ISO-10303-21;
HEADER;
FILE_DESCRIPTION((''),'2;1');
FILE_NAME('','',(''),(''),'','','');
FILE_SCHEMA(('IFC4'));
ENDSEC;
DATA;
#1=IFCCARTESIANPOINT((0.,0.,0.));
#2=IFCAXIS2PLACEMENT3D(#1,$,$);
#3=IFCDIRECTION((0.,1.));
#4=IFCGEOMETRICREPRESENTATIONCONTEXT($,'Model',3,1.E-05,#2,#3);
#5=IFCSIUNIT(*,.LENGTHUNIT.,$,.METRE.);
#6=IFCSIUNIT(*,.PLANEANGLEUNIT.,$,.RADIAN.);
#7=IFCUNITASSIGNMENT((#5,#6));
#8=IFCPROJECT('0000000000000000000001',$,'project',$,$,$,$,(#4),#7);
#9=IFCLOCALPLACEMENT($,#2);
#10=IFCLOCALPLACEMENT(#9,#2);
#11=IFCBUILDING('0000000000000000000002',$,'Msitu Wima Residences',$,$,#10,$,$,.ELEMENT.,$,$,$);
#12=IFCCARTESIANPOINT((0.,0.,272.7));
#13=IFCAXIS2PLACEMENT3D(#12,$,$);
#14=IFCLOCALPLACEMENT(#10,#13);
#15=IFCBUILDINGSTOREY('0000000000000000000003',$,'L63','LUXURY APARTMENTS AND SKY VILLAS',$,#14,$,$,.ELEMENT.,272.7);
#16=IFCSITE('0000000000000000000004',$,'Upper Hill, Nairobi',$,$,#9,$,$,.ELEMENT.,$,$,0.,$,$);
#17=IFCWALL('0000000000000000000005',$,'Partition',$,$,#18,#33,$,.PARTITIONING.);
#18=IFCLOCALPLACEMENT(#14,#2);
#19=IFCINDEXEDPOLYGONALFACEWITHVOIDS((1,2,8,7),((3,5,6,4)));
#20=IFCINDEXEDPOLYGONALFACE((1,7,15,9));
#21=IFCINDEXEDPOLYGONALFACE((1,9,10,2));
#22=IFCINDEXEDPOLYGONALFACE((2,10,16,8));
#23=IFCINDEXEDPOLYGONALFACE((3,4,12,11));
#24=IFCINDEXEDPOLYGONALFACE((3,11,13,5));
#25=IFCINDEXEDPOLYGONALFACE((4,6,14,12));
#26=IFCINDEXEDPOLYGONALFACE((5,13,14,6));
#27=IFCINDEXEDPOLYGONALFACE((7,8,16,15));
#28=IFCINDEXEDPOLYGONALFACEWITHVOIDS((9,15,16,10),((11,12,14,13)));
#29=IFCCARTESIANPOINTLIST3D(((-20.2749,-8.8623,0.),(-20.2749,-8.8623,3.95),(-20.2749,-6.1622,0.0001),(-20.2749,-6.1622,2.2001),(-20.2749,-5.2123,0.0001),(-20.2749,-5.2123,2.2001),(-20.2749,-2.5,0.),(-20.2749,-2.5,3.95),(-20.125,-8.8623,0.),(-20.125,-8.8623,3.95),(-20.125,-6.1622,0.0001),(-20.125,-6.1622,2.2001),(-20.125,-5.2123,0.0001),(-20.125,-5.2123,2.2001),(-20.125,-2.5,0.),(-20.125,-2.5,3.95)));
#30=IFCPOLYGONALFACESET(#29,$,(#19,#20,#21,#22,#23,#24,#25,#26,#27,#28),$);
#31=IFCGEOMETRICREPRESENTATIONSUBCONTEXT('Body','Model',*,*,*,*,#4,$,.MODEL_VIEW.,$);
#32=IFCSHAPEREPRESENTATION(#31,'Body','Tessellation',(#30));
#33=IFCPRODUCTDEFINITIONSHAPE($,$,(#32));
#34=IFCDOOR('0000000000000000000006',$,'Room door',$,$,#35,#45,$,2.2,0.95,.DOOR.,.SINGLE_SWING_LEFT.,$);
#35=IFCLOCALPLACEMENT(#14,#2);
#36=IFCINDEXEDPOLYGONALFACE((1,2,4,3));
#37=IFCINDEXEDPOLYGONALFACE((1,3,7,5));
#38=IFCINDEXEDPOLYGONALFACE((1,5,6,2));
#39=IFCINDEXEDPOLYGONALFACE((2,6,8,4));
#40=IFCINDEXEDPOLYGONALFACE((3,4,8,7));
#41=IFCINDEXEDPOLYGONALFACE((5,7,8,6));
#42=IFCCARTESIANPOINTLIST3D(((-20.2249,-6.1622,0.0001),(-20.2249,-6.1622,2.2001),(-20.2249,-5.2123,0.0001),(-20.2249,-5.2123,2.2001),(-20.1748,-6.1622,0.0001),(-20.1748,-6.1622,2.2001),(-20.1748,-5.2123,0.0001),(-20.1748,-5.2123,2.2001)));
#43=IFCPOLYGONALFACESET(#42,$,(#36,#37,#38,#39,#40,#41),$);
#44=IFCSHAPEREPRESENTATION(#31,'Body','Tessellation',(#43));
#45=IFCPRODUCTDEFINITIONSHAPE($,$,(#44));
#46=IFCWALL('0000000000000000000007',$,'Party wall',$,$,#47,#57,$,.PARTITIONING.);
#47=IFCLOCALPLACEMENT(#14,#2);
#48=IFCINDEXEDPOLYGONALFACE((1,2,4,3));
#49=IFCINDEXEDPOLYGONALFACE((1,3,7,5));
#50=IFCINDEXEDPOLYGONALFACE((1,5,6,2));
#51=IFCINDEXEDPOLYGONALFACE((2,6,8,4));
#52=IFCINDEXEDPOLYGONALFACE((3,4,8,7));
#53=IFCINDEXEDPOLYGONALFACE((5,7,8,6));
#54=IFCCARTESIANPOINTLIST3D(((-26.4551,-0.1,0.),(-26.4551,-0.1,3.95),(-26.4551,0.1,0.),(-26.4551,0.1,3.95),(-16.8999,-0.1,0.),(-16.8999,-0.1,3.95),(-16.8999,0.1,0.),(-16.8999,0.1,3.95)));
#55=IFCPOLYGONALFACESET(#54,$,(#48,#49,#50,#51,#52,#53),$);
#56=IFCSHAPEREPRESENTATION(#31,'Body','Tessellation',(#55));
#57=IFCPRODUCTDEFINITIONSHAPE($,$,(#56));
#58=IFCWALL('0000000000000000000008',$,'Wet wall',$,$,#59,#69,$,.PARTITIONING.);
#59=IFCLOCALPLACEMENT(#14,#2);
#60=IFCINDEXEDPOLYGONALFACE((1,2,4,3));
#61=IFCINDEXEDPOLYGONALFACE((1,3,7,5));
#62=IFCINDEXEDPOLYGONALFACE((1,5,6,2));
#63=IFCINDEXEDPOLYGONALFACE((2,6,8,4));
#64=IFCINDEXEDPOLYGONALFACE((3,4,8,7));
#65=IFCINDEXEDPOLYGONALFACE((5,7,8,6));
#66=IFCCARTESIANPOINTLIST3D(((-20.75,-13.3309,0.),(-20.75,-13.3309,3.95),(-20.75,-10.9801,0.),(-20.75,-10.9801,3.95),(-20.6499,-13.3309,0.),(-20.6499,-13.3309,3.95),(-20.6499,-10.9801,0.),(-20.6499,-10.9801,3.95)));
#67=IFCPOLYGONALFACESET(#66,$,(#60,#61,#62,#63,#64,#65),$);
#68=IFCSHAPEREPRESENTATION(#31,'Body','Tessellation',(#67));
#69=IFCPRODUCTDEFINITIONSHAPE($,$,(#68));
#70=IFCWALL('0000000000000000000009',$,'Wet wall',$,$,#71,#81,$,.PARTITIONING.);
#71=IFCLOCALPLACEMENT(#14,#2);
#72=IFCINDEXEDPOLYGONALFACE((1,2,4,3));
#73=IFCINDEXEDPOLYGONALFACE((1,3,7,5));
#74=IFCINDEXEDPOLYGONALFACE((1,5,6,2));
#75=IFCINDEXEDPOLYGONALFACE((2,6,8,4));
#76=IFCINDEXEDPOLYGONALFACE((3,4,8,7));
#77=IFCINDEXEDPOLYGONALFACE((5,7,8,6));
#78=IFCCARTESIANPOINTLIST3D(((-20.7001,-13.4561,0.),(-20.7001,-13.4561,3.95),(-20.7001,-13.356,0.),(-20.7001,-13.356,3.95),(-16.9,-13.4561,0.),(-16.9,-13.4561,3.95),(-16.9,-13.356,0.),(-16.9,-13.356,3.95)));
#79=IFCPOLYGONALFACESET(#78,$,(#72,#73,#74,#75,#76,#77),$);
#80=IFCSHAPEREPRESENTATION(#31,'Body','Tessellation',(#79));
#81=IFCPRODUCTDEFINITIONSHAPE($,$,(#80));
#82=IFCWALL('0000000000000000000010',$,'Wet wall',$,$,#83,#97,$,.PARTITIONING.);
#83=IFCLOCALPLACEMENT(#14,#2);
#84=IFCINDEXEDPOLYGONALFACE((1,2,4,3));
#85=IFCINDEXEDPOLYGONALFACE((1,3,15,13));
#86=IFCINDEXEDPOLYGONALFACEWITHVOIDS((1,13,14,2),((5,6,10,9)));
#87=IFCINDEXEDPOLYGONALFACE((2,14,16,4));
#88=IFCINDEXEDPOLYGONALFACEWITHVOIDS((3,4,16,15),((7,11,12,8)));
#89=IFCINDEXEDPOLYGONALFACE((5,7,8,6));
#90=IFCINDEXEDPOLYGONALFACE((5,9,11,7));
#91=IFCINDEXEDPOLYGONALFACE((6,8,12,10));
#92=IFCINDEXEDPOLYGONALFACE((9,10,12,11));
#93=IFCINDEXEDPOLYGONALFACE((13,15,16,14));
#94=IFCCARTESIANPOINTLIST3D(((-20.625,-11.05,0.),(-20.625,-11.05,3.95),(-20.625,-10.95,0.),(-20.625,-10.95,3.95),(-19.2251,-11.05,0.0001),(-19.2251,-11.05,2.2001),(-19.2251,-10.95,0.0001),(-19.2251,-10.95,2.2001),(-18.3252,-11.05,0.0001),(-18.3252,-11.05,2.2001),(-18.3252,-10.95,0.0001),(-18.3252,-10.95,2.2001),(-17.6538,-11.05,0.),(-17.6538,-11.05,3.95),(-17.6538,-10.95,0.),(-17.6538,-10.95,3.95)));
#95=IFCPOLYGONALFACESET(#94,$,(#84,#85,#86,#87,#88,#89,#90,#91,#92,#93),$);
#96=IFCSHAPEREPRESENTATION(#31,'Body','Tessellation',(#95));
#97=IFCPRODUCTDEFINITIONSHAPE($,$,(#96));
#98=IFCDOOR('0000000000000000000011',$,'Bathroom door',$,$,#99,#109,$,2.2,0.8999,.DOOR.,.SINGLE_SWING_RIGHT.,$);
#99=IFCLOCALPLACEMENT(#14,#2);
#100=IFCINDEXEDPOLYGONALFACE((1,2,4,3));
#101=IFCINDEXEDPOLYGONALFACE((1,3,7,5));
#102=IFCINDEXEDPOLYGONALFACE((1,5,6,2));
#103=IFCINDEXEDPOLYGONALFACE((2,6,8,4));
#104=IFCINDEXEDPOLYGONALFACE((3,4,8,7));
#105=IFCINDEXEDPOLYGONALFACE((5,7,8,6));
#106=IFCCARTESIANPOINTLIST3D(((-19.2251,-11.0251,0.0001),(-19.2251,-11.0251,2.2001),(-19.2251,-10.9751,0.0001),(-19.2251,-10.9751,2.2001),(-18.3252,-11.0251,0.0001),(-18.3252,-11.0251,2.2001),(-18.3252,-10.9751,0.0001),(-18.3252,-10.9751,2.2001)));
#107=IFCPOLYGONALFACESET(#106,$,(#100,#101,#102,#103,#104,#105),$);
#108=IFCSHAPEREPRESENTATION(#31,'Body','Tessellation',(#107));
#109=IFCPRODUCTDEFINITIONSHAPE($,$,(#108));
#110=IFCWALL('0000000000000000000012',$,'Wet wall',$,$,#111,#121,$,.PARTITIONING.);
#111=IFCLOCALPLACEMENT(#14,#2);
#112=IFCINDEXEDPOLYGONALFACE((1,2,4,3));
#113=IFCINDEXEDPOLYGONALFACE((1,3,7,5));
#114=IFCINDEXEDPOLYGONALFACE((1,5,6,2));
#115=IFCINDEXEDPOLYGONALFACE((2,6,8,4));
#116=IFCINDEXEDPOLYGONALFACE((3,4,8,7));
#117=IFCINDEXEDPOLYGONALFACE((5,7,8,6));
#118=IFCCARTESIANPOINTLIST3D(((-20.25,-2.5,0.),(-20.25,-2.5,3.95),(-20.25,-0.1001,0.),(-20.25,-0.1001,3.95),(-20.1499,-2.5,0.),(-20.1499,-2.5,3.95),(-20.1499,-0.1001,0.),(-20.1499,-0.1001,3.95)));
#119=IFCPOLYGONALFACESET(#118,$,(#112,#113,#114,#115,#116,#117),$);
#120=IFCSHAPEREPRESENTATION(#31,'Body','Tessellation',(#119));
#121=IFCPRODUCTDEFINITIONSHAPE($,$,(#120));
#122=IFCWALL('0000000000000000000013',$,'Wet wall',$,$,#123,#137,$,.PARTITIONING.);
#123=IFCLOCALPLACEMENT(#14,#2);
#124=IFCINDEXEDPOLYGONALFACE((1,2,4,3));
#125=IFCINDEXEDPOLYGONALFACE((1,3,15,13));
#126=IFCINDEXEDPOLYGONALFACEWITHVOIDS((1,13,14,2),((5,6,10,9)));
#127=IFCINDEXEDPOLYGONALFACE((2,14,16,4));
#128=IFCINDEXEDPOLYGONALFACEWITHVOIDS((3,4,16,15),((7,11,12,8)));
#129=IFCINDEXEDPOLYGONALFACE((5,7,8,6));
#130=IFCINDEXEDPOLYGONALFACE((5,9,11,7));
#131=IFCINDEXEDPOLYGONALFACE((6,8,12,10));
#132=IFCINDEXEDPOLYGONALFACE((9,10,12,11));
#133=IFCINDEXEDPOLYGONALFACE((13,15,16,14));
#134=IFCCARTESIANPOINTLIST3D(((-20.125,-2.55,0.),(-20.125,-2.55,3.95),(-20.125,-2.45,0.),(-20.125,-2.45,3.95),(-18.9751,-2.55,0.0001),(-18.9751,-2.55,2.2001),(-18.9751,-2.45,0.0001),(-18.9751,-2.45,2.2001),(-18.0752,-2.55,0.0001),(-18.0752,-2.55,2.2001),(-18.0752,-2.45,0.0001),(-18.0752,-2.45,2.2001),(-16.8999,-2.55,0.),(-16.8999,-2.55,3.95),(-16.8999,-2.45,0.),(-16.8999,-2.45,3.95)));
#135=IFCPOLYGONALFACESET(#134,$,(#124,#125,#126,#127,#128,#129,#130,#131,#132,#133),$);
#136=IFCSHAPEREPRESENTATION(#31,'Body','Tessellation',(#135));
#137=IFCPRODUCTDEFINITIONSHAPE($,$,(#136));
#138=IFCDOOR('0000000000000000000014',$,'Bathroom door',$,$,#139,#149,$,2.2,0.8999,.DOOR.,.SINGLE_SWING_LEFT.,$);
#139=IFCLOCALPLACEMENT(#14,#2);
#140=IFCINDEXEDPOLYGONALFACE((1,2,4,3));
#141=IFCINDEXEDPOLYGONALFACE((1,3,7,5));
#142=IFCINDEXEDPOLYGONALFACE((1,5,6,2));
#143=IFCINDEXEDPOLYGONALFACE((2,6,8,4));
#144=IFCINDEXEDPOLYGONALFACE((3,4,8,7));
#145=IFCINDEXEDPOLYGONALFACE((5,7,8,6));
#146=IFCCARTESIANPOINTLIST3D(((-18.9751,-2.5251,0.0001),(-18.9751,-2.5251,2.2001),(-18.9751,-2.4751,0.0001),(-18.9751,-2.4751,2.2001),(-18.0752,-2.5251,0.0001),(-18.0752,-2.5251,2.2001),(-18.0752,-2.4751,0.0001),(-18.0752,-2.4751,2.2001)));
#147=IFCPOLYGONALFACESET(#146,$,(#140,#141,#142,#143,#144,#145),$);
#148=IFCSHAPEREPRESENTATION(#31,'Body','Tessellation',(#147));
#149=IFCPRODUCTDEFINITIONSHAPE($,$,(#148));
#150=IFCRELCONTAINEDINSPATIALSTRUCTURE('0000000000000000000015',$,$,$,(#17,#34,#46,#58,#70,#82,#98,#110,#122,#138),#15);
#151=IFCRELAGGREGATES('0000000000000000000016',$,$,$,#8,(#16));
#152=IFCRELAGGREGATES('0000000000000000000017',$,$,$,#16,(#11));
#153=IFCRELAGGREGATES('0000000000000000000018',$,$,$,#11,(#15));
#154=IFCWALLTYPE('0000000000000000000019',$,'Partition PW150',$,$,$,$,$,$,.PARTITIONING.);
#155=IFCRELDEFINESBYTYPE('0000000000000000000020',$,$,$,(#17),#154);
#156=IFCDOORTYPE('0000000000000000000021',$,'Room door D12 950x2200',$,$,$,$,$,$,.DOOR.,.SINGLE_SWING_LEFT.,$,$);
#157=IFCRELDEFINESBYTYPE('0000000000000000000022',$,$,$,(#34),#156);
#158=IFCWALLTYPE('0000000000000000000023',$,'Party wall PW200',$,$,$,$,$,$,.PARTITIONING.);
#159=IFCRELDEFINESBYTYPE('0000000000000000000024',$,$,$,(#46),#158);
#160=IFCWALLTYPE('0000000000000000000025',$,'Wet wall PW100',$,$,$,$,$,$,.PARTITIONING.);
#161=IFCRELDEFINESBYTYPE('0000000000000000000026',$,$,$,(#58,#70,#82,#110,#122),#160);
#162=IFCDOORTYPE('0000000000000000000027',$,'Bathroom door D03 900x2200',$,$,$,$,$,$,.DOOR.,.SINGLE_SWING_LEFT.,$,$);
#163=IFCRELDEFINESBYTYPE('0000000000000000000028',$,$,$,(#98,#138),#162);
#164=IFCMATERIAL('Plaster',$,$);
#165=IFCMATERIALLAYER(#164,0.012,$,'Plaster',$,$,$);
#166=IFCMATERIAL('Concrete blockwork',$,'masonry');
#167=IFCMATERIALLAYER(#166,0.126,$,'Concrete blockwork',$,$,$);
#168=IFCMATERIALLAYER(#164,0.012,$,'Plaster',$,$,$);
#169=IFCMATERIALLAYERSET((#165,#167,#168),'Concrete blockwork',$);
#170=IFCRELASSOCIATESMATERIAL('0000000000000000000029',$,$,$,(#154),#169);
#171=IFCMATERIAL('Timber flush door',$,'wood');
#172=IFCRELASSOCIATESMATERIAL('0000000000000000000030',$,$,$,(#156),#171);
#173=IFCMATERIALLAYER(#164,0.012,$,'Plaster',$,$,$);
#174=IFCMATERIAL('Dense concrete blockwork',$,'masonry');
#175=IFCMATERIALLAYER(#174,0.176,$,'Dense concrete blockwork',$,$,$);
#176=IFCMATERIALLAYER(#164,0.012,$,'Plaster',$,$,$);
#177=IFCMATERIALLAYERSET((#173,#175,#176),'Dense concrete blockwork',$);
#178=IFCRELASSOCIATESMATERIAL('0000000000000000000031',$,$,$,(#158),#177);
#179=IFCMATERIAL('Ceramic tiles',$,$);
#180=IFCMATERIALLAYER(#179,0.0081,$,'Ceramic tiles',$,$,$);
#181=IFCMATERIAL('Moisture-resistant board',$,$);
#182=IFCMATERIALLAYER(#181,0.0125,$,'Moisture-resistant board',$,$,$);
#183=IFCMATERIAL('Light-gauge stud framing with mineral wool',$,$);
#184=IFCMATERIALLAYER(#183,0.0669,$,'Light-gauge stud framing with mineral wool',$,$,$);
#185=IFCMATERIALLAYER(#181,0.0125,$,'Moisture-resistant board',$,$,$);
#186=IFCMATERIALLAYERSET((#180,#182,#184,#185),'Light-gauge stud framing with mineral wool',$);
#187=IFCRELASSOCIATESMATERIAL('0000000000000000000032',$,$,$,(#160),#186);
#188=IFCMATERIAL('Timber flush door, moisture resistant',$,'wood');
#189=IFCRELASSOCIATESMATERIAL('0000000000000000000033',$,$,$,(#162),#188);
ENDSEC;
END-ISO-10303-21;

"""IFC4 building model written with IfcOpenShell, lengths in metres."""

from ifc_helpers import new_model, si_unit, direction, frame, frame_2d, origin, place, context, subcontext, project, spatial, rectangle, extrude, material, layer, layer_set, type_object, element, fill, save


model = new_model("IFC4")

# Units and contexts
model_context = context("Model", 3, precision=1e-05, world=origin(), true_north=direction((0.0, 1.0)))
body_context = subcontext(model_context, "Body", "Model", "MODEL_VIEW")
ifc_project = project(units=[si_unit("LENGTHUNIT", "METRE"), si_unit("PLANEANGLEUNIT", "RADIAN")], contexts=[model_context])

# Site, building, storey
site_placement = place(None, origin())
site = spatial("IfcSite", under=ifc_project, at=site_placement, Name="Upper Hill, Nairobi", CompositionType="ELEMENT", RefElevation=0.0)
building_placement = place(site_placement, origin())
building = spatial("IfcBuilding", under=site, at=building_placement, Name="Msitu Wima Residences", CompositionType="ELEMENT")
storey_placement = place(building_placement, frame((0.0, 0.0, 272.7)))
storey = spatial("IfcBuildingStorey", under=building, at=storey_placement, Name="L63", Description="LUXURY APARTMENTS AND SKY VILLAS", CompositionType="ELEMENT", Elevation=272.7)

# Shared definitions
ifc_material_1 = material(Name="Plaster")
ifc_layer_1 = layer(ifc_material_1, 0.012, Name="Plaster")
ifc_material_2 = material(Name="Concrete blockwork", Category="masonry")
ifc_layer_2 = layer(ifc_material_2, 0.126, Name="Concrete blockwork")
ifc_layer_3 = layer(ifc_material_1, 0.012, Name="Plaster")
ifc_layer_set_1 = layer_set([ifc_layer_1, ifc_layer_2, ifc_layer_3], Name="Concrete blockwork")
wall_type_1 = type_object("IfcWallType", Name="Partition PW150", PredefinedType="PARTITIONING", material=ifc_layer_set_1)

# Wall, opening, door
ifc_material_3 = material(Name="Timber flush door", Category="wood")
door_type_1 = type_object("IfcDoorType", Name="Room door D12 950x2200", OperationType="SINGLE_SWING_LEFT", PredefinedType="DOOR", material=ifc_material_3)
wall_1_placement = place(storey_placement, frame((-20.2, -8.8623, 0.0), z_axis=(0.0, 0.0, 1.0), x_axis=(0.0, 1.0, 0.0)))
wall_1 = element("IfcWall", 1, at=wall_1_placement, inside=storey, type_object=wall_type_1, Name="Partition", PredefinedType="PARTITIONING", context=body_context, shape_type="SweptSolid", body=[
    extrude(rectangle(XDim=6.3623, YDim=0.1499, at=frame_2d((3.1812, 0.0))), origin(), (0.0, 0.0, 1.0), 3.95),
])
opening_1_placement = place(wall_1_placement, frame((2.7, 0.0, 0.0)))
opening_1 = element("IfcOpeningElement", 2, at=opening_1_placement, cuts=wall_1, PredefinedType="OPENING", context=body_context, shape_type="SweptSolid", body=[
    extrude(rectangle(XDim=0.95, YDim=2.2, at=frame_2d((0.4751, 1.1001))), frame((0.0, 0.085, 0.0), z_axis=(0.0, -1.0, 0.0), x_axis=(1.0, 0.0, 0.0)), (0.0, 0.0, 1.0), 0.1699),
])
door_1_placement = place(opening_1_placement, origin())
door_1 = element("IfcDoor", 3, at=door_1_placement, inside=storey, type_object=door_type_1, Name="Room door", OperationType="SINGLE_SWING_LEFT", OverallHeight=2.2, OverallWidth=0.95, PredefinedType="DOOR", context=body_context, shape_type="SweptSolid", body=[
    extrude(rectangle(XDim=0.95, YDim=2.2, at=frame_2d((0.4751, 1.1001))), frame((0.0, 0.0249, 0.0), z_axis=(0.0, -1.0, 0.0), x_axis=(1.0, 0.0, 0.0)), (0.0, 0.0, 1.0), 0.05),
])
fill(opening_1, door_1)

# Walls
ifc_layer_4 = layer(ifc_material_1, 0.012, Name="Plaster")
ifc_material_4 = material(Name="Dense concrete blockwork", Category="masonry")
ifc_layer_5 = layer(ifc_material_4, 0.176, Name="Dense concrete blockwork")
ifc_layer_6 = layer(ifc_material_1, 0.012, Name="Plaster")
ifc_layer_set_2 = layer_set([ifc_layer_4, ifc_layer_5, ifc_layer_6], Name="Dense concrete blockwork")
wall_type_2 = type_object("IfcWallType", Name="Party wall PW200", PredefinedType="PARTITIONING", material=ifc_layer_set_2)
wall_2_placement = place(storey_placement, frame((-26.4551, 0.0, 0.0), z_axis=(0.0, 0.0, 1.0), x_axis=(1.0, 0.0, 0.0)))
element("IfcWall", 4, at=wall_2_placement, inside=storey, type_object=wall_type_2, Name="Party wall", PredefinedType="PARTITIONING", context=body_context, shape_type="SweptSolid", body=[
    extrude(rectangle(XDim=9.5552, YDim=0.2, at=frame_2d((4.7776, 0.0))), origin(), (0.0, 0.0, 1.0), 3.95),
])
ifc_material_5 = material(Name="Ceramic tiles")
ifc_layer_7 = layer(ifc_material_5, 0.0081, Name="Ceramic tiles")
ifc_material_6 = material(Name="Moisture-resistant board")
ifc_layer_8 = layer(ifc_material_6, 0.0125, Name="Moisture-resistant board")
ifc_material_7 = material(Name="Light-gauge stud framing with mineral wool")
ifc_layer_9 = layer(ifc_material_7, 0.0669, Name="Light-gauge stud framing with mineral wool")
ifc_layer_10 = layer(ifc_material_6, 0.0125, Name="Moisture-resistant board")
ifc_layer_set_3 = layer_set([ifc_layer_7, ifc_layer_8, ifc_layer_9, ifc_layer_10], Name="Light-gauge stud framing with mineral wool")
wall_type_3 = type_object("IfcWallType", Name="Wet wall PW100", PredefinedType="PARTITIONING", material=ifc_layer_set_3)
wall_3_placement = place(storey_placement, frame((-20.7, -13.3308, 0.0), z_axis=(0.0, 0.0, 1.0), x_axis=(0.0, 1.0, 0.0)))
element("IfcWall", 5, at=wall_3_placement, inside=storey, type_object=wall_type_3, Name="Wet wall", PredefinedType="PARTITIONING", context=body_context, shape_type="SweptSolid", body=[
    extrude(rectangle(XDim=2.3508, YDim=0.1001, at=frame_2d((1.1753, 0.0))), origin(), (0.0, 0.0, 1.0), 3.95),
])
wall_4_placement = place(storey_placement, frame((-20.7, -13.406, 0.0), z_axis=(0.0, 0.0, 1.0), x_axis=(1.0, 0.0, 0.0)))
element("IfcWall", 6, at=wall_4_placement, inside=storey, type_object=wall_type_3, Name="Wet wall", PredefinedType="PARTITIONING", context=body_context, shape_type="SweptSolid", body=[
    extrude(rectangle(XDim=3.8, YDim=0.1001, at=frame_2d((1.8999, 0.0))), origin(), (0.0, 0.0, 1.0), 3.95),
])

# Wall, opening, door
wall_5_placement = place(storey_placement, frame((-20.625, -11.0, 0.0), z_axis=(0.0, 0.0, 1.0), x_axis=(1.0, 0.0, 0.0)))
wall_5 = element("IfcWall", 7, at=wall_5_placement, inside=storey, type_object=wall_type_3, Name="Wet wall", PredefinedType="PARTITIONING", context=body_context, shape_type="SweptSolid", body=[
    extrude(rectangle(XDim=2.9712, YDim=0.1001, at=frame_2d((1.4856, 0.0))), origin(), (0.0, 0.0, 1.0), 3.95),
])
opening_2_placement = place(wall_5_placement, frame((1.3999, 0.0, 0.0)))
opening_2 = element("IfcOpeningElement", 8, at=opening_2_placement, cuts=wall_5, PredefinedType="OPENING", context=body_context, shape_type="SweptSolid", body=[
    extrude(rectangle(XDim=0.8999, YDim=2.2, at=frame_2d((0.45, 1.1001))), frame((0.0, 0.0601, 0.0), z_axis=(0.0, -1.0, 0.0), x_axis=(1.0, 0.0, 0.0)), (0.0, 0.0, 1.0), 0.1201),
])
ifc_material_8 = material(Name="Timber flush door, moisture resistant", Category="wood")
door_type_2 = type_object("IfcDoorType", Name="Bathroom door D03 900x2200", OperationType="SINGLE_SWING_LEFT", PredefinedType="DOOR", material=ifc_material_8)
door_2_placement = place(opening_2_placement, origin())
door_2 = element("IfcDoor", 9, at=door_2_placement, inside=storey, type_object=door_type_2, Name="Bathroom door", OperationType="SINGLE_SWING_RIGHT", OverallHeight=2.2, OverallWidth=0.8999, PredefinedType="DOOR", context=body_context, shape_type="SweptSolid", body=[
    extrude(rectangle(XDim=0.8999, YDim=2.2, at=frame_2d((0.45, 1.1001))), frame((0.0, 0.0249, 0.0), z_axis=(0.0, -1.0, 0.0), x_axis=(1.0, 0.0, 0.0)), (0.0, 0.0, 1.0), 0.05),
])
fill(opening_2, door_2)

# Wall
wall_6_placement = place(storey_placement, frame((-20.2, -2.5, 0.0), z_axis=(0.0, 0.0, 1.0), x_axis=(0.0, 1.0, 0.0)))
element("IfcWall", 10, at=wall_6_placement, inside=storey, type_object=wall_type_3, Name="Wet wall", PredefinedType="PARTITIONING", context=body_context, shape_type="SweptSolid", body=[
    extrude(rectangle(XDim=2.3999, YDim=0.1001, at=frame_2d((1.2, 0.0))), origin(), (0.0, 0.0, 1.0), 3.95),
])

# Wall, opening, door
wall_7_placement = place(storey_placement, frame((-20.125, -2.5, 0.0), z_axis=(0.0, 0.0, 1.0), x_axis=(1.0, 0.0, 0.0)))
wall_7 = element("IfcWall", 11, at=wall_7_placement, inside=storey, type_object=wall_type_3, Name="Wet wall", PredefinedType="PARTITIONING", context=body_context, shape_type="SweptSolid", body=[
    extrude(rectangle(XDim=3.2251, YDim=0.1001, at=frame_2d((1.6125, 0.0))), origin(), (0.0, 0.0, 1.0), 3.95),
])
opening_3_placement = place(wall_7_placement, frame((1.1499, 0.0, 0.0)))
opening_3 = element("IfcOpeningElement", 12, at=opening_3_placement, cuts=wall_7, PredefinedType="OPENING", context=body_context, shape_type="SweptSolid", body=[
    extrude(rectangle(XDim=0.8999, YDim=2.2, at=frame_2d((0.45, 1.1001))), frame((0.0, 0.0601, 0.0), z_axis=(0.0, -1.0, 0.0), x_axis=(1.0, 0.0, 0.0)), (0.0, 0.0, 1.0), 0.1201),
])
door_3_placement = place(opening_3_placement, origin())
door_3 = element("IfcDoor", 13, at=door_3_placement, inside=storey, type_object=door_type_2, Name="Bathroom door", OperationType="SINGLE_SWING_LEFT", OverallHeight=2.2, OverallWidth=0.8999, PredefinedType="DOOR", context=body_context, shape_type="SweptSolid", body=[
    extrude(rectangle(XDim=0.8999, YDim=2.2, at=frame_2d((0.45, 1.1001))), frame((0.0, 0.0249, 0.0), z_axis=(0.0, -1.0, 0.0), x_axis=(1.0, 0.0, 0.0)), (0.0, 0.0, 1.0), 0.05),
])
fill(opening_3, door_3)

save(model, "model.ifc")
